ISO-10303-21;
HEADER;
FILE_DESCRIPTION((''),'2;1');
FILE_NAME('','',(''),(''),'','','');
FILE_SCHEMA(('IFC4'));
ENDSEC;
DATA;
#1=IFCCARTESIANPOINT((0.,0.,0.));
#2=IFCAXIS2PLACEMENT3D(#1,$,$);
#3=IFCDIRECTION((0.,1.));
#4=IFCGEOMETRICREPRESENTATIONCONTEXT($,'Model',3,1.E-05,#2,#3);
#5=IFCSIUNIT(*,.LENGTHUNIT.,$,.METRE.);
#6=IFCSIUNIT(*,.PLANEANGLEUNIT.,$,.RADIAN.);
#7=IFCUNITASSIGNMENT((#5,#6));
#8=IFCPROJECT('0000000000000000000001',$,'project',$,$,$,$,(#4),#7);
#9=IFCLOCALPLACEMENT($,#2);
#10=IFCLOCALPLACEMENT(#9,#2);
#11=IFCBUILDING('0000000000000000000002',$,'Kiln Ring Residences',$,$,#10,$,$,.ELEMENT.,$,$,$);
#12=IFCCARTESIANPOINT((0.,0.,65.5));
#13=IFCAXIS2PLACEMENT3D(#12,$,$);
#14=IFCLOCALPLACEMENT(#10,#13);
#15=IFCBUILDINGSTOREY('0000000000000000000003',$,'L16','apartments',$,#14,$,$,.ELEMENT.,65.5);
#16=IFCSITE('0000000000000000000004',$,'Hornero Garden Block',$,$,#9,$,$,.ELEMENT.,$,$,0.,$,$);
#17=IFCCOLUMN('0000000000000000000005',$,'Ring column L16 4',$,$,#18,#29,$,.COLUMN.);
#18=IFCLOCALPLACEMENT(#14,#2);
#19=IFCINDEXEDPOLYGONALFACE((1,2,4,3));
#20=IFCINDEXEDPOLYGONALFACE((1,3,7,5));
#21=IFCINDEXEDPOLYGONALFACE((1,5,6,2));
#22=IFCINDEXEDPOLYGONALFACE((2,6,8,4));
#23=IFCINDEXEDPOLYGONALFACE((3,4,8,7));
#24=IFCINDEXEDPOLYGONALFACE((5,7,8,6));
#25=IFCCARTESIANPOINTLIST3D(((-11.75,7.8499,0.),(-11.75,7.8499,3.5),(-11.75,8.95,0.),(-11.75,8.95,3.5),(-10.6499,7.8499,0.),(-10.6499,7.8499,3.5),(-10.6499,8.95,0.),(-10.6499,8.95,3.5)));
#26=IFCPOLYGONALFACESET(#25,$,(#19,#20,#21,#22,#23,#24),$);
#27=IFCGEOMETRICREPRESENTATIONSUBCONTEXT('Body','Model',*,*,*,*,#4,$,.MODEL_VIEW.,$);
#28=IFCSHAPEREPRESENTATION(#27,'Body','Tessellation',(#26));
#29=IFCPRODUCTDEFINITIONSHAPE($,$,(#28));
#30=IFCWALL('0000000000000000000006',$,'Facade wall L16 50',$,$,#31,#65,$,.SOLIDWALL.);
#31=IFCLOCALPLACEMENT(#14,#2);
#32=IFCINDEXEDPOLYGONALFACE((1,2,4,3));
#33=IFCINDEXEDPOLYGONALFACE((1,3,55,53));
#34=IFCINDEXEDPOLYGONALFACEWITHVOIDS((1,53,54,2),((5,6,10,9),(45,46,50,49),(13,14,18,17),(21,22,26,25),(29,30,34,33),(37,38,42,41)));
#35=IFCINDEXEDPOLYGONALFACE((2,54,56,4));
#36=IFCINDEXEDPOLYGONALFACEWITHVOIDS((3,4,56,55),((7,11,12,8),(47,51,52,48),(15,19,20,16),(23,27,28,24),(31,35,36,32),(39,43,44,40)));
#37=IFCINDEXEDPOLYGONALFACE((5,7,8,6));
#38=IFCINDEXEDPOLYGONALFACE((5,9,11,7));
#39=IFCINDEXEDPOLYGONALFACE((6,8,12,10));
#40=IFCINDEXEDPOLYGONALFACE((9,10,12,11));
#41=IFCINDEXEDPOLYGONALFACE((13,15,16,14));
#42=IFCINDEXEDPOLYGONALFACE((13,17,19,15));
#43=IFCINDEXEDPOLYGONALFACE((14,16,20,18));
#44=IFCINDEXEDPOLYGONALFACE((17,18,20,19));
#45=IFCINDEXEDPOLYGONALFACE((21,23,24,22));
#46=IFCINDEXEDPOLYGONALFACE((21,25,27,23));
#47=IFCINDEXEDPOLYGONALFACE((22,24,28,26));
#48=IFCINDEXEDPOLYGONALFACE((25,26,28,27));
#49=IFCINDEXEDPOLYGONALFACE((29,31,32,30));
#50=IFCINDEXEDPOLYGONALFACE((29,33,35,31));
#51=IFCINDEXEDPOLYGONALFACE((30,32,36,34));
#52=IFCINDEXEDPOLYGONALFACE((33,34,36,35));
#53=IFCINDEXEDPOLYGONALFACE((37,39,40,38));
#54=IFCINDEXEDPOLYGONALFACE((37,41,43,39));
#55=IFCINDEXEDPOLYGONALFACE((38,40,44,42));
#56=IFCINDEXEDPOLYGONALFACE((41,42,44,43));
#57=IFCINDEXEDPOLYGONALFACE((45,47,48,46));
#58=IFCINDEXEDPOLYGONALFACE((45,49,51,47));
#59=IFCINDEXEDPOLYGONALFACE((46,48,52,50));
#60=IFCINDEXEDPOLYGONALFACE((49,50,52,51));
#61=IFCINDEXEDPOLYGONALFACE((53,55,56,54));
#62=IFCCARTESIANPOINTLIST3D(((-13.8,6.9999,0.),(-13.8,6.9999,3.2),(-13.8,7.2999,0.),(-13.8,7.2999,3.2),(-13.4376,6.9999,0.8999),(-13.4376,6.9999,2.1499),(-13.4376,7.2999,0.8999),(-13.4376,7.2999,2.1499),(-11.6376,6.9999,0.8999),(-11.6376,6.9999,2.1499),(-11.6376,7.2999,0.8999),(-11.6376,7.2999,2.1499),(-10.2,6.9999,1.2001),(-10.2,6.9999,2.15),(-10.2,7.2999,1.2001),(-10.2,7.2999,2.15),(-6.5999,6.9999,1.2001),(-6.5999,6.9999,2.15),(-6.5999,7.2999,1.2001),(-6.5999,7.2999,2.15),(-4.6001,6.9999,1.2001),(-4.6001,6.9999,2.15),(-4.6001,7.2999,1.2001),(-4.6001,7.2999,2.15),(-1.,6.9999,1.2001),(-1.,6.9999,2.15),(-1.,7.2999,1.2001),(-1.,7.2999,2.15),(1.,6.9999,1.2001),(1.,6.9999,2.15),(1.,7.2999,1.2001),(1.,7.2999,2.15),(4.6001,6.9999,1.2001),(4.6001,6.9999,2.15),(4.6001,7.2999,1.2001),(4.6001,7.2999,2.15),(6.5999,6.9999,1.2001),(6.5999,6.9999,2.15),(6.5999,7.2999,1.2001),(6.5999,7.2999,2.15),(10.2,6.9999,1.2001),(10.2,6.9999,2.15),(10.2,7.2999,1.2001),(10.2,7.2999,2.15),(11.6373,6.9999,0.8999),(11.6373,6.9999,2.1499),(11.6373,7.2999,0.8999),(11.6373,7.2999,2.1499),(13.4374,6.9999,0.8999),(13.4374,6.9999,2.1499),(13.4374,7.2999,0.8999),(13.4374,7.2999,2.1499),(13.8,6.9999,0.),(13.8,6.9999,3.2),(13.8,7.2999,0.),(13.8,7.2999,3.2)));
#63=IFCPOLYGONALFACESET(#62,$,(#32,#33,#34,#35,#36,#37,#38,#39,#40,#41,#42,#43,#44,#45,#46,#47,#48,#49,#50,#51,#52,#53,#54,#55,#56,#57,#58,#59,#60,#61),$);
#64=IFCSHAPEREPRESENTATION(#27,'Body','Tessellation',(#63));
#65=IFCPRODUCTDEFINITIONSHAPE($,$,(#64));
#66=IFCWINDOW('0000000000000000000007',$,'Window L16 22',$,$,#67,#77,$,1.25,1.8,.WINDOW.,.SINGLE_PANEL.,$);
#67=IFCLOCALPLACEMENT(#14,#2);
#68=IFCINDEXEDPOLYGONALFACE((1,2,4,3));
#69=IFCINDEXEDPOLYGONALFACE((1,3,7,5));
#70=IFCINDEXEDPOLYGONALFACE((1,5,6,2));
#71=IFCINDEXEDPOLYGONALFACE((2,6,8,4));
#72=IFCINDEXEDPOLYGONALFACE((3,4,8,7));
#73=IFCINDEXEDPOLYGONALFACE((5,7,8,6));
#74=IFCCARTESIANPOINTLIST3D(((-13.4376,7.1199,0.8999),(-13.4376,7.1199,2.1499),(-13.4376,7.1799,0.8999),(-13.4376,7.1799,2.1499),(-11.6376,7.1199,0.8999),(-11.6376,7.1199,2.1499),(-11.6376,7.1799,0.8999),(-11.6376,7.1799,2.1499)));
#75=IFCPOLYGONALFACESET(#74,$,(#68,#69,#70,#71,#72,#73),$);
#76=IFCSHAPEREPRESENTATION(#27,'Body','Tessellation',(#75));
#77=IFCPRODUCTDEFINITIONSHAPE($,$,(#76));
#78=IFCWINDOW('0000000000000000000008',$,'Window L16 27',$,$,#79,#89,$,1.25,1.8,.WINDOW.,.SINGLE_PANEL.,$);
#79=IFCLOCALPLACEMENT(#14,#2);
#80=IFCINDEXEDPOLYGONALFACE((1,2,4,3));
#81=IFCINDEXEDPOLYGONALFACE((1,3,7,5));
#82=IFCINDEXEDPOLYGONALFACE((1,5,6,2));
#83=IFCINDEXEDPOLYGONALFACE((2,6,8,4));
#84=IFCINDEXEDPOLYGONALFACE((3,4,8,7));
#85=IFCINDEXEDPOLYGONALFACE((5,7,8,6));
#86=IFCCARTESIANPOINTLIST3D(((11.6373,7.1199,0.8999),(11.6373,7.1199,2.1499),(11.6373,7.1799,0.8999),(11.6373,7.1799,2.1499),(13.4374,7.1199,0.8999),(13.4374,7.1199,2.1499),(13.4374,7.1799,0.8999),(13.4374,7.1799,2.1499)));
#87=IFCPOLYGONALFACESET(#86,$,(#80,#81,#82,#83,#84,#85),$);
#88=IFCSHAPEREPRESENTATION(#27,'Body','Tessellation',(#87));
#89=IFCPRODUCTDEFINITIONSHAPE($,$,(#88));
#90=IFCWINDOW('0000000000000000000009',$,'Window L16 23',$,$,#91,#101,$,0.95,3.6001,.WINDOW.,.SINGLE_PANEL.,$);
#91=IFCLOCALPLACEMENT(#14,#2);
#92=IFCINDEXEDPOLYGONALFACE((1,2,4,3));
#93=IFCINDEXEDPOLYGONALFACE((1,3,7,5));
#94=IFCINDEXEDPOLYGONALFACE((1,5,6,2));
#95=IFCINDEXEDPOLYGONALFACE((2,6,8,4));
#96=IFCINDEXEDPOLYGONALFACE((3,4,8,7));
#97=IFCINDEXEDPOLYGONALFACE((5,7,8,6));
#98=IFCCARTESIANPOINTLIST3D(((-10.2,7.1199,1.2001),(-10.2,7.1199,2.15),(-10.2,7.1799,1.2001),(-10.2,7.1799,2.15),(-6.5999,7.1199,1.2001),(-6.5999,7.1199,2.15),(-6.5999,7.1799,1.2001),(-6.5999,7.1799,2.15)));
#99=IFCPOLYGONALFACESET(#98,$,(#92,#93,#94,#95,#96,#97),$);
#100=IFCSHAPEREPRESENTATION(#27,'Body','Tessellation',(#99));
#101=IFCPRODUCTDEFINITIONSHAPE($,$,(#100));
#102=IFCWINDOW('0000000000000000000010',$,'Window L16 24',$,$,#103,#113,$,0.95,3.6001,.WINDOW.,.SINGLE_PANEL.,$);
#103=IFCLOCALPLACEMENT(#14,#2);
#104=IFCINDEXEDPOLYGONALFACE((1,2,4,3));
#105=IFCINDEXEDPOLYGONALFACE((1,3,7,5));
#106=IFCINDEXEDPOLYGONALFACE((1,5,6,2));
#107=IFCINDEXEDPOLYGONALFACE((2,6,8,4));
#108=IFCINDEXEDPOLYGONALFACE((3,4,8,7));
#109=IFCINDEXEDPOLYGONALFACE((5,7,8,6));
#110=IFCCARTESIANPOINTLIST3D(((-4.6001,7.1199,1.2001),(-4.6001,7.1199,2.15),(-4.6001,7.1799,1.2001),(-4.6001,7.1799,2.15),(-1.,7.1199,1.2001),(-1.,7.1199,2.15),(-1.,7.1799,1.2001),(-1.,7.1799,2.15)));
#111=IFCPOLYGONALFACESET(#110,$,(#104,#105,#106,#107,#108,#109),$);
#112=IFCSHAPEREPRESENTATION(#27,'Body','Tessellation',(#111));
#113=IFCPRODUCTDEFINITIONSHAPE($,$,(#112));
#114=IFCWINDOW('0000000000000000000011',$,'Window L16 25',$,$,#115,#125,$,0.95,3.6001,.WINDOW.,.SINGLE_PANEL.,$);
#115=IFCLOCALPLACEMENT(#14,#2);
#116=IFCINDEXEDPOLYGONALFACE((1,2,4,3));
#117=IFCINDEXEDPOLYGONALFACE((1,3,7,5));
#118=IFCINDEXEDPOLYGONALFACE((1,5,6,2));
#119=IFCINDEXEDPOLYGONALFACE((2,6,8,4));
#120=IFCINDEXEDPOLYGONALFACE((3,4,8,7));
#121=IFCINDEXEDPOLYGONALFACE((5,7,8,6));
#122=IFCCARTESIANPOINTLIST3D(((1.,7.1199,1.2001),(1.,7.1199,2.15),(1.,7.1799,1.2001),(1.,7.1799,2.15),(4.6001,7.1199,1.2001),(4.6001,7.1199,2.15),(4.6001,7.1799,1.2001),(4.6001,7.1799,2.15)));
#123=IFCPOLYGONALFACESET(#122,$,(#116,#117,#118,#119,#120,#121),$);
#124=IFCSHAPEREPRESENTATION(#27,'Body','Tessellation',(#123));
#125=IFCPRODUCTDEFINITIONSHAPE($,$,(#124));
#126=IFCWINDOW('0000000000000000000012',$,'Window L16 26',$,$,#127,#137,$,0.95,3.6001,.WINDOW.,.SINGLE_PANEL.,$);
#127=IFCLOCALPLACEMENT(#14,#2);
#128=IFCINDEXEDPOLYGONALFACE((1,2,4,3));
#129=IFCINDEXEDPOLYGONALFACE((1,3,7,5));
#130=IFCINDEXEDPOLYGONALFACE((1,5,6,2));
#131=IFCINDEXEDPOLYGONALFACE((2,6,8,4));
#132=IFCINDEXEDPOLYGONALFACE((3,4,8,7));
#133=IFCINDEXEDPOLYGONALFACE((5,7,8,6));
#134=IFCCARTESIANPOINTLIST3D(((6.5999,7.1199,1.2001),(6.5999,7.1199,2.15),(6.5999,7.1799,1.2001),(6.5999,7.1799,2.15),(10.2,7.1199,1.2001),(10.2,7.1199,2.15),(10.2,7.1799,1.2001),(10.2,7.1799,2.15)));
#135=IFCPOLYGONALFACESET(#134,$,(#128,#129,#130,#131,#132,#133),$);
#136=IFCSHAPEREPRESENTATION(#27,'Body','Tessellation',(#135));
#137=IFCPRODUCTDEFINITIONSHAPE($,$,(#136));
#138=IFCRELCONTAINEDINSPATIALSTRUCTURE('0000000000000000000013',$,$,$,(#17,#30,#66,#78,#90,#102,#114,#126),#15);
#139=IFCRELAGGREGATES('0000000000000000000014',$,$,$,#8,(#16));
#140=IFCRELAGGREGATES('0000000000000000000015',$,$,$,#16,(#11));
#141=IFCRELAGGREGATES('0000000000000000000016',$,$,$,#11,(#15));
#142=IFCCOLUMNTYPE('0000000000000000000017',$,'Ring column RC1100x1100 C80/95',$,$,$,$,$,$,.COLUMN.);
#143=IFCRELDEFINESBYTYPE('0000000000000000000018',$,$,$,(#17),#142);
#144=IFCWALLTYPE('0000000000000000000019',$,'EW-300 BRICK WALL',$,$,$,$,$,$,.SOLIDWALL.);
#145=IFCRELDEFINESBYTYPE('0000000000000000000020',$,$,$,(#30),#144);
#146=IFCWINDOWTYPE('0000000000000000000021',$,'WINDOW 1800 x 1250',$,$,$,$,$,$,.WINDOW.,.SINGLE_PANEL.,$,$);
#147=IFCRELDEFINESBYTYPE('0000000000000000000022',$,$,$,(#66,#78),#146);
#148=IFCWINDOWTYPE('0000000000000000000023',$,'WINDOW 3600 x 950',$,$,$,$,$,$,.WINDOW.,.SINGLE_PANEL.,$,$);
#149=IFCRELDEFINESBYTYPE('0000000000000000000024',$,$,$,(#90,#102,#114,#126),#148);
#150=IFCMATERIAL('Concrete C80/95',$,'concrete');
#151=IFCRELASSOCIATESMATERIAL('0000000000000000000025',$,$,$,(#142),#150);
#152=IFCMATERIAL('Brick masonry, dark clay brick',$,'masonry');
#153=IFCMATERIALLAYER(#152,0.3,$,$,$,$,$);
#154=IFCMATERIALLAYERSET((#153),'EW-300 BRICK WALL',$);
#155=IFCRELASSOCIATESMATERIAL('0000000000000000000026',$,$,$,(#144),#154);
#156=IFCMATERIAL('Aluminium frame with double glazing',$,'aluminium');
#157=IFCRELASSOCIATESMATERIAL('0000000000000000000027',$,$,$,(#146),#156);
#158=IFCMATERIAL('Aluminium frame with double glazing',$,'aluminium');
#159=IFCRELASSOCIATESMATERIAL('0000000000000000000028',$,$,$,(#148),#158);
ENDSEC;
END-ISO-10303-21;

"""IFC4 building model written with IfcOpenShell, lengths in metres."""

from ifc_helpers import new_model, si_unit, direction, frame, frame_2d, origin, origin_2d, place, context, subcontext, project, spatial, rectangle, extrude, material, layer, layer_set, material_profile, profile_set, type_object, element, fill, save


model = new_model("IFC4")

# Units and contexts
model_context = context("Model", 3, precision=1e-05, world=origin(), true_north=direction((0.0, 1.0)))
body_context = subcontext(model_context, "Body", "Model", "MODEL_VIEW")
ifc_project = project(units=[si_unit("LENGTHUNIT", "METRE"), si_unit("PLANEANGLEUNIT", "RADIAN")], contexts=[model_context])

# Site, building, storey
site_placement = place(None, origin())
site = spatial("IfcSite", under=ifc_project, at=site_placement, Name="Hornero Garden Block", CompositionType="ELEMENT", RefElevation=0.0)
building_placement = place(site_placement, origin())
building = spatial("IfcBuilding", under=site, at=building_placement, Name="Kiln Ring Residences", CompositionType="ELEMENT")
storey_placement = place(building_placement, frame((0.0, 0.0, 65.5)))
storey = spatial("IfcBuildingStorey", under=building, at=storey_placement, Name="L16", Description="apartments", CompositionType="ELEMENT", Elevation=65.5)

# Column
ifc_material_1 = material(Name="Concrete C80/95", Category="concrete")
ifc_material_profile = material_profile(ifc_material_1, rectangle(XDim=1.1001, YDim=1.1001, at=origin_2d()), Name="RC1100x1100")
ifc_profile_set = profile_set([ifc_material_profile], Name="Concrete C80/95")
column_type = type_object("IfcColumnType", Name="Ring column RC1100x1100 C80/95", PredefinedType="COLUMN", material=ifc_profile_set)
column_placement = place(storey_placement, frame((-11.2, 8.3999, 0.0), z_axis=(0.0, 0.0, 1.0), x_axis=(1.0, 0.0, 0.0)))
element("IfcColumn", 1, at=column_placement, inside=storey, type_object=column_type, Name="Ring column L16 4", PredefinedType="COLUMN", context=body_context, shape_type="SweptSolid", body=[
    extrude(rectangle(XDim=1.1001, YDim=1.1001, at=origin_2d()), origin(), (0.0, 0.0, 1.0), 3.5),
])

# Wall, openings, windows
ifc_material_2 = material(Name="Brick masonry, dark clay brick", Category="masonry")
ifc_layer_1 = layer(ifc_material_2, 0.3)
ifc_layer_set_1 = layer_set([ifc_layer_1], Name="EW-300 BRICK WALL")
wall_type_1 = type_object("IfcWallType", Name="EW-300 BRICK WALL", PredefinedType="SOLIDWALL", material=ifc_layer_set_1)
wall_1_placement = place(storey_placement, frame((-13.8, 7.1499, 0.0), z_axis=(0.0, 0.0, 1.0), x_axis=(1.0, 0.0, 0.0)))
wall_1 = element("IfcWall", 2, at=wall_1_placement, inside=storey, type_object=wall_type_1, Name="Facade wall L16 50", PredefinedType="SOLIDWALL", context=body_context, shape_type="SweptSolid", body=[
    extrude(rectangle(XDim=27.6001, YDim=0.3, at=frame_2d((13.8, 0.0))), origin(), (0.0, 0.0, 1.0), 3.2),
])
opening_1_placement = place(wall_1_placement, frame((0.3625, 0.0, 0.8999)))
opening_1 = element("IfcOpeningElement", 3, at=opening_1_placement, cuts=wall_1, PredefinedType="OPENING", context=body_context, shape_type="SweptSolid", body=[
    extrude(rectangle(XDim=1.8, YDim=1.25, at=frame_2d((0.8999, 0.625))), frame((0.0, 0.1599, 0.0), z_axis=(0.0, -1.0, 0.0), x_axis=(1.0, 0.0, 0.0)), (0.0, 0.0, 1.0), 0.3201),
])
opening_2_placement = place(wall_1_placement, frame((3.6001, 0.0, 1.2)))
opening_2 = element("IfcOpeningElement", 4, at=opening_2_placement, cuts=wall_1, PredefinedType="OPENING", context=body_context, shape_type="SweptSolid", body=[
    extrude(rectangle(XDim=3.6001, YDim=0.95, at=frame_2d((1.8, 0.4751))), frame((0.0, 0.1599, 0.0), z_axis=(0.0, -1.0, 0.0), x_axis=(1.0, 0.0, 0.0)), (0.0, 0.0, 1.0), 0.3201),
])
opening_3_placement = place(wall_1_placement, frame((9.2, 0.0, 1.2)))
opening_3 = element("IfcOpeningElement", 5, at=opening_3_placement, cuts=wall_1, PredefinedType="OPENING", context=body_context, shape_type="SweptSolid", body=[
    extrude(rectangle(XDim=3.6001, YDim=0.95, at=frame_2d((1.8, 0.4751))), frame((0.0, 0.1599, 0.0), z_axis=(0.0, -1.0, 0.0), x_axis=(1.0, 0.0, 0.0)), (0.0, 0.0, 1.0), 0.3201),
])
opening_4_placement = place(wall_1_placement, frame((14.8, 0.0, 1.2)))
opening_4 = element("IfcOpeningElement", 6, at=opening_4_placement, cuts=wall_1, PredefinedType="OPENING", context=body_context, shape_type="SweptSolid", body=[
    extrude(rectangle(XDim=3.6001, YDim=0.95, at=frame_2d((1.8, 0.4751))), frame((0.0, 0.1599, 0.0), z_axis=(0.0, -1.0, 0.0), x_axis=(1.0, 0.0, 0.0)), (0.0, 0.0, 1.0), 0.3201),
])
opening_5_placement = place(wall_1_placement, frame((20.3999, 0.0, 1.2)))
opening_5 = element("IfcOpeningElement", 7, at=opening_5_placement, cuts=wall_1, PredefinedType="OPENING", context=body_context, shape_type="SweptSolid", body=[
    extrude(rectangle(XDim=3.6001, YDim=0.95, at=frame_2d((1.8, 0.4751))), frame((0.0, 0.1599, 0.0), z_axis=(0.0, -1.0, 0.0), x_axis=(1.0, 0.0, 0.0)), (0.0, 0.0, 1.0), 0.3201),
])
opening_6_placement = place(wall_1_placement, frame((25.4375, 0.0, 0.8999)))
opening_6 = element("IfcOpeningElement", 8, at=opening_6_placement, cuts=wall_1, PredefinedType="OPENING", context=body_context, shape_type="SweptSolid", body=[
    extrude(rectangle(XDim=1.8, YDim=1.25, at=frame_2d((0.8999, 0.625))), frame((0.0, 0.1599, 0.0), z_axis=(0.0, -1.0, 0.0), x_axis=(1.0, 0.0, 0.0)), (0.0, 0.0, 1.0), 0.3201),
])
ifc_material_3 = material(Name="Aluminium frame with double glazing", Category="aluminium")
window_type_1 = type_object("IfcWindowType", Name="WINDOW 1800 x 1250", PartitioningType="SINGLE_PANEL", PredefinedType="WINDOW", material=ifc_material_3)
window_1_placement = place(opening_1_placement, origin())
window_1 = element("IfcWindow", 9, at=window_1_placement, inside=storey, type_object=window_type_1, Name="Window L16 22", OverallHeight=1.25, OverallWidth=1.8, PartitioningType="SINGLE_PANEL", PredefinedType="WINDOW", context=body_context, shape_type="SweptSolid", body=[
    extrude(rectangle(XDim=1.8, YDim=1.25, at=frame_2d((0.8999, 0.625))), frame((0.0, 0.03, 0.0), z_axis=(0.0, -1.0, 0.0), x_axis=(1.0, 0.0, 0.0)), (0.0, 0.0, 1.0), 0.0601),
])
fill(opening_1, window_1)
window_2_placement = place(opening_6_placement, origin())
window_2 = element("IfcWindow", 10, at=window_2_placement, inside=storey, type_object=window_type_1, Name="Window L16 27", OverallHeight=1.25, OverallWidth=1.8, PartitioningType="SINGLE_PANEL", PredefinedType="WINDOW", context=body_context, shape_type="SweptSolid", body=[
    extrude(rectangle(XDim=1.8, YDim=1.25, at=frame_2d((0.8999, 0.625))), frame((0.0, 0.03, 0.0), z_axis=(0.0, -1.0, 0.0), x_axis=(1.0, 0.0, 0.0)), (0.0, 0.0, 1.0), 0.0601),
])
fill(opening_6, window_2)
ifc_material_4 = material(Name="Aluminium frame with double glazing", Category="aluminium")
window_type_2 = type_object("IfcWindowType", Name="WINDOW 3600 x 950", PartitioningType="SINGLE_PANEL", PredefinedType="WINDOW", material=ifc_material_4)
window_3_placement = place(opening_2_placement, origin())
window_3 = element("IfcWindow", 11, at=window_3_placement, inside=storey, type_object=window_type_2, Name="Window L16 23", OverallHeight=0.95, OverallWidth=3.6001, PartitioningType="SINGLE_PANEL", PredefinedType="WINDOW", context=body_context, shape_type="SweptSolid", body=[
    extrude(rectangle(XDim=3.6001, YDim=0.95, at=frame_2d((1.8, 0.4751))), frame((0.0, 0.03, 0.0), z_axis=(0.0, -1.0, 0.0), x_axis=(1.0, 0.0, 0.0)), (0.0, 0.0, 1.0), 0.0601),
])
fill(opening_2, window_3)
window_4_placement = place(opening_3_placement, origin())
window_4 = element("IfcWindow", 12, at=window_4_placement, inside=storey, type_object=window_type_2, Name="Window L16 24", OverallHeight=0.95, OverallWidth=3.6001, PartitioningType="SINGLE_PANEL", PredefinedType="WINDOW", context=body_context, shape_type="SweptSolid", body=[
    extrude(rectangle(XDim=3.6001, YDim=0.95, at=frame_2d((1.8, 0.4751))), frame((0.0, 0.03, 0.0), z_axis=(0.0, -1.0, 0.0), x_axis=(1.0, 0.0, 0.0)), (0.0, 0.0, 1.0), 0.0601),
])
fill(opening_3, window_4)
window_5_placement = place(opening_4_placement, origin())
window_5 = element("IfcWindow", 13, at=window_5_placement, inside=storey, type_object=window_type_2, Name="Window L16 25", OverallHeight=0.95, OverallWidth=3.6001, PartitioningType="SINGLE_PANEL", PredefinedType="WINDOW", context=body_context, shape_type="SweptSolid", body=[
    extrude(rectangle(XDim=3.6001, YDim=0.95, at=frame_2d((1.8, 0.4751))), frame((0.0, 0.03, 0.0), z_axis=(0.0, -1.0, 0.0), x_axis=(1.0, 0.0, 0.0)), (0.0, 0.0, 1.0), 0.0601),
])
fill(opening_4, window_5)
window_6_placement = place(opening_5_placement, origin())
window_6 = element("IfcWindow", 14, at=window_6_placement, inside=storey, type_object=window_type_2, Name="Window L16 26", OverallHeight=0.95, OverallWidth=3.6001, PartitioningType="SINGLE_PANEL", PredefinedType="WINDOW", context=body_context, shape_type="SweptSolid", body=[
    extrude(rectangle(XDim=3.6001, YDim=0.95, at=frame_2d((1.8, 0.4751))), frame((0.0, 0.03, 0.0), z_axis=(0.0, -1.0, 0.0), x_axis=(1.0, 0.0, 0.0)), (0.0, 0.0, 1.0), 0.0601),
])
fill(opening_5, window_6)

save(model, "model.ifc")
